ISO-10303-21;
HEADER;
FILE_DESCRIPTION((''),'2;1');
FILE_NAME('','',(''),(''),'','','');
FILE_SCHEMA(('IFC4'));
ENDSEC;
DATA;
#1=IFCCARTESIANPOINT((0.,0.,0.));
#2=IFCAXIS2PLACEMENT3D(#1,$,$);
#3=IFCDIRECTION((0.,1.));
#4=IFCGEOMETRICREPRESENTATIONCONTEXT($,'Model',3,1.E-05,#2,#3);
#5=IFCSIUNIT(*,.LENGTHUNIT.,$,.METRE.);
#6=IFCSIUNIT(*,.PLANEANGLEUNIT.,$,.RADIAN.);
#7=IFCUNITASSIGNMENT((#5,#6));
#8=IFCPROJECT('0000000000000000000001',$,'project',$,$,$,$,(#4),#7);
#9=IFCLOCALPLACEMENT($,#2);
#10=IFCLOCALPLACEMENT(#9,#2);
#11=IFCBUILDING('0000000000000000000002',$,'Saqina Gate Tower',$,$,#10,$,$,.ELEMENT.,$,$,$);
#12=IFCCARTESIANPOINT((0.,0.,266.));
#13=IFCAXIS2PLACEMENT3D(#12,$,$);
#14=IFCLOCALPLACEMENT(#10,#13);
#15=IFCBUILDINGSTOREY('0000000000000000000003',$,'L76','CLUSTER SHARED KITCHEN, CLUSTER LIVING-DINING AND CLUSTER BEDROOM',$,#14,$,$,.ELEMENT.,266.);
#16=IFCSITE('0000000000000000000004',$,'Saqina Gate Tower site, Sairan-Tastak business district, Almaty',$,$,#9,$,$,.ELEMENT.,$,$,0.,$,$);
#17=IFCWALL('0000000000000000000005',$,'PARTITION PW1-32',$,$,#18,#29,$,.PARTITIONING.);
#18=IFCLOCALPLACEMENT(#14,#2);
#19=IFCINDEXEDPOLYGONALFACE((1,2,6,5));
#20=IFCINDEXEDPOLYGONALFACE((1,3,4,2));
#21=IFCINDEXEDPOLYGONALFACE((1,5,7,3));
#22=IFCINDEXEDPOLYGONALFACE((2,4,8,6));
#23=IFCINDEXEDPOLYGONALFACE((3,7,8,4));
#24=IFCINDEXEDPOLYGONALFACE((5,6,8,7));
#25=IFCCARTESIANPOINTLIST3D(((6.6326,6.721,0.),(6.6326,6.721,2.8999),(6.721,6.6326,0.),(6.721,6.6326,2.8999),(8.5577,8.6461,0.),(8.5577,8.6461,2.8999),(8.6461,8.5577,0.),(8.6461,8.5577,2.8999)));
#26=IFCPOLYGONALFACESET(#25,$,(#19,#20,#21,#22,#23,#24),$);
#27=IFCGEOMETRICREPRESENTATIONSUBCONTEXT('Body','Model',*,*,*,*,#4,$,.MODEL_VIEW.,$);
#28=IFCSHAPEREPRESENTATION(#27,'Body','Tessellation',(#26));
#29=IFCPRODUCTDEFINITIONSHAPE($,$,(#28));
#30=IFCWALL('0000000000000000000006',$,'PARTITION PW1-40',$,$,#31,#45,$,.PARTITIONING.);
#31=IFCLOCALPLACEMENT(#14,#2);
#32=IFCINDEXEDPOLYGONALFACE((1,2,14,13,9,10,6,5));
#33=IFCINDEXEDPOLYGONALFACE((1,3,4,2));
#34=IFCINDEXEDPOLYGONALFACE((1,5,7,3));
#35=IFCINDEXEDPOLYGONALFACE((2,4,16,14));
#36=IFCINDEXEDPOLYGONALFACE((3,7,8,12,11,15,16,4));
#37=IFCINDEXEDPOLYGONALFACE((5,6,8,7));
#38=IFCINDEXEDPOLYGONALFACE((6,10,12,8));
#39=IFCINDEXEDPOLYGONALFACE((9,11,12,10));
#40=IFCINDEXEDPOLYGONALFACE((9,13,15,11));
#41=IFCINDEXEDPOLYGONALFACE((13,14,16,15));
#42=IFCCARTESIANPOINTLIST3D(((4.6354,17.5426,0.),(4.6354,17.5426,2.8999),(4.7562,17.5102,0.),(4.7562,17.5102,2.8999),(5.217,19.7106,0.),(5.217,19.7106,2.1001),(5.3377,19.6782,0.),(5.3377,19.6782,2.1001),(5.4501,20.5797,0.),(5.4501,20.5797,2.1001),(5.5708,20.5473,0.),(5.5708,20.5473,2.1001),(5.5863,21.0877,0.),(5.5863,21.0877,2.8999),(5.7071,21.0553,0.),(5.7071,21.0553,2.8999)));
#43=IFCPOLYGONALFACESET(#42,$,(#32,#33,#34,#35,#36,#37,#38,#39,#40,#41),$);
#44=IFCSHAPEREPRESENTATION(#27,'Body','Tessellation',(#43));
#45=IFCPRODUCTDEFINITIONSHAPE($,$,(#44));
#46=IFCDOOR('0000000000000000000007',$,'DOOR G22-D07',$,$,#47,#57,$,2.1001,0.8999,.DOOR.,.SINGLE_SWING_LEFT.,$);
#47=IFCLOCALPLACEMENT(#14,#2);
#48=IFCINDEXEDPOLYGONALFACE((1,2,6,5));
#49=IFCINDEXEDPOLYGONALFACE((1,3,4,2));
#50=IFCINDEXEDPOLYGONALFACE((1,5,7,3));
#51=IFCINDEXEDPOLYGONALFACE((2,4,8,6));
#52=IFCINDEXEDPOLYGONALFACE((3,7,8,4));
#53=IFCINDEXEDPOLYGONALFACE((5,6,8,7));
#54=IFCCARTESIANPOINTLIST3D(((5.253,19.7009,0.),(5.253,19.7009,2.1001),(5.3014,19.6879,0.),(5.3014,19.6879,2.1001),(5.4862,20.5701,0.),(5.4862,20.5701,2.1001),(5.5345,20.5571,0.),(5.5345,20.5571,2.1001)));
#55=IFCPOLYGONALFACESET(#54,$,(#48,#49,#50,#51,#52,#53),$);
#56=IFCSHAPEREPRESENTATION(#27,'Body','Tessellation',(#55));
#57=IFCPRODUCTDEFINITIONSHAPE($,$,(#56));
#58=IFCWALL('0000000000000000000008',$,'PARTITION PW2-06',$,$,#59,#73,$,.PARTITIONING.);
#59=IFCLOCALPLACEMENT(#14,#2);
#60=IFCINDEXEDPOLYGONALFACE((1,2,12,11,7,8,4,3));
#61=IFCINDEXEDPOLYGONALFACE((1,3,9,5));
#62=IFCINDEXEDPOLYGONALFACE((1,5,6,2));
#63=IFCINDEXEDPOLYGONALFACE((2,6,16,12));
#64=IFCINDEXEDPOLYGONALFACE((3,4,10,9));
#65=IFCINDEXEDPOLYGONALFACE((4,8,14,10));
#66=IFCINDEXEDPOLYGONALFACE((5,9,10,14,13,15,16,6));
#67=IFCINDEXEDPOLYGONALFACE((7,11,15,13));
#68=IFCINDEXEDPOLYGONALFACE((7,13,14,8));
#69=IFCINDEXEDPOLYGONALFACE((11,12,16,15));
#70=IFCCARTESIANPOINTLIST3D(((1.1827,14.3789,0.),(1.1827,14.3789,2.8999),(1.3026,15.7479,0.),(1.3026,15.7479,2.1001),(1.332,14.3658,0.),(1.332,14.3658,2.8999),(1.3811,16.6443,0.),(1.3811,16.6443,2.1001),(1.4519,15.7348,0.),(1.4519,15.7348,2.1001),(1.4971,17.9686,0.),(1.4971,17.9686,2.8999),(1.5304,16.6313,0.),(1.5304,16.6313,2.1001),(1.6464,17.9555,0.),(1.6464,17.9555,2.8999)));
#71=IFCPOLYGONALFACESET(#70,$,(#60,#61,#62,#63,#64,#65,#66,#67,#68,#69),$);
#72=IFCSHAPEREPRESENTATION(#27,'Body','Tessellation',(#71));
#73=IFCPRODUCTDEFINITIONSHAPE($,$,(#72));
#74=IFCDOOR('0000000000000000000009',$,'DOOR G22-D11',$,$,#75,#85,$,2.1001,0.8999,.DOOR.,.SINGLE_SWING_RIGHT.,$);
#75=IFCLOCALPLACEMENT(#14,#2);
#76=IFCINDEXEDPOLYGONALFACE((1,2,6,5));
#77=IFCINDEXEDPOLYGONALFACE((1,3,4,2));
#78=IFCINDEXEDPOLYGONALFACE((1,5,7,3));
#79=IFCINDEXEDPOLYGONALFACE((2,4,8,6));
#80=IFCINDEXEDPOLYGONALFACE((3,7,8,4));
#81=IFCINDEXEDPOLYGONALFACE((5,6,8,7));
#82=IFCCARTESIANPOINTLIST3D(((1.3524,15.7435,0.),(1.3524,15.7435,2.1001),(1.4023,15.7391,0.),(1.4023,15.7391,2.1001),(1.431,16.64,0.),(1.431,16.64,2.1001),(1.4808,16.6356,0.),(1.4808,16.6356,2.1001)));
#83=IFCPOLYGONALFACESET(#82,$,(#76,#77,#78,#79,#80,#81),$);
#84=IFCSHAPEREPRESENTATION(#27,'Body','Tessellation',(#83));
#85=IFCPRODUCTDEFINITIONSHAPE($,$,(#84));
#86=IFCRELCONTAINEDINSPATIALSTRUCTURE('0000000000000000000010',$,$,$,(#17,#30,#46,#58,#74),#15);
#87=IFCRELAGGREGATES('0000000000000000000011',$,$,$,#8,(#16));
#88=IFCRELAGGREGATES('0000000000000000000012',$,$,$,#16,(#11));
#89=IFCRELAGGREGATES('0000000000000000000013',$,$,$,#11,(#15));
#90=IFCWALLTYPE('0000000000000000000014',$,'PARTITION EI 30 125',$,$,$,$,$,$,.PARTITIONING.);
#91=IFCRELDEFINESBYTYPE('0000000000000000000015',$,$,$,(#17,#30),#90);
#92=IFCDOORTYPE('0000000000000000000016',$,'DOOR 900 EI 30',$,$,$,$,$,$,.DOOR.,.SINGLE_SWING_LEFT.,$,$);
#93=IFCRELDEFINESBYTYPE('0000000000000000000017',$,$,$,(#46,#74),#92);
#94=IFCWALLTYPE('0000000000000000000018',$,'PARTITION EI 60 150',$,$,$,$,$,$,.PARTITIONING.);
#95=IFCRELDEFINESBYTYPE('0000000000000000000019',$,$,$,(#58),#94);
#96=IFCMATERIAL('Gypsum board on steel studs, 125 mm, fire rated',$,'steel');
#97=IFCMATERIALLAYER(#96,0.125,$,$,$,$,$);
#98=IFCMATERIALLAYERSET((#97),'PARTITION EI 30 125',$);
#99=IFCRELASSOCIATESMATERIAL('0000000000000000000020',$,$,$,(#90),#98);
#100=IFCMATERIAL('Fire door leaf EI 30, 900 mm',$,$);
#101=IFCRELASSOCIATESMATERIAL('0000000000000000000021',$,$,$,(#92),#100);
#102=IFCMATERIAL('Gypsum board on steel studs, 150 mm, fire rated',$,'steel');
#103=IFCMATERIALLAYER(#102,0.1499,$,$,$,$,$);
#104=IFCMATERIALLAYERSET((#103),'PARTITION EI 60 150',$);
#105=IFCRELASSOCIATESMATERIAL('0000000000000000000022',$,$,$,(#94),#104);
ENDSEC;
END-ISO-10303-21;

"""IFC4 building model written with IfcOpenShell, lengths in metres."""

from ifc_helpers import new_model, si_unit, direction, frame, frame_2d, origin, place, context, subcontext, project, spatial, rectangle, extrude, material, layer, layer_set, type_object, element, fill, save


model = new_model("IFC4")

# Units and contexts
model_context = context("Model", 3, precision=1e-05, world=origin(), true_north=direction((0.0, 1.0)))
body_context = subcontext(model_context, "Body", "Model", "MODEL_VIEW")
ifc_project = project(units=[si_unit("LENGTHUNIT", "METRE"), si_unit("PLANEANGLEUNIT", "RADIAN")], contexts=[model_context])

# Site, building, storey
site_placement = place(None, origin())
site = spatial("IfcSite", under=ifc_project, at=site_placement, Name="Saqina Gate Tower site, Sairan-Tastak business district, Almaty", CompositionType="ELEMENT", RefElevation=0.0)
building_placement = place(site_placement, origin())
building = spatial("IfcBuilding", under=site, at=building_placement, Name="Saqina Gate Tower", CompositionType="ELEMENT")
storey_placement = place(building_placement, frame((0.0, 0.0, 266.0)))
storey = spatial("IfcBuildingStorey", under=building, at=storey_placement, Name="L76", Description="CLUSTER SHARED KITCHEN, CLUSTER LIVING-DINING AND CLUSTER BEDROOM", CompositionType="ELEMENT", Elevation=266.0)

# Shared definitions
ifc_material_1 = material(Name="Gypsum board on steel studs, 125 mm, fire rated", Category="steel")
ifc_layer_1 = layer(ifc_material_1, 0.125)
ifc_layer_set_1 = layer_set([ifc_layer_1], Name="PARTITION EI 30 125")
wall_type_1 = type_object("IfcWallType", Name="PARTITION EI 30 125", PredefinedType="PARTITIONING", material=ifc_layer_set_1)

# Wall
wall_1_placement = place(storey_placement, frame((6.6768, 6.6768, 0.0), z_axis=(0.0, 0.0, 1.0), x_axis=(0.707107, 0.707107, 0.0)))
element("IfcWall", 1, at=wall_1_placement, inside=storey, type_object=wall_type_1, Name="PARTITION PW1-32", PredefinedType="PARTITIONING", context=body_context, shape_type="SweptSolid", body=[
    extrude(rectangle(XDim=2.7224, YDim=0.125, at=frame_2d((1.3613, 0.0))), origin(), (0.0, 0.0, 1.0), 2.8999),
])

# Walls, openings, doors
wall_2_placement = place(storey_placement, frame((4.6958, 17.5264, 0.0), z_axis=(0.0, 0.0, 1.0), x_axis=(0.259074, 0.965857, 0.0)))
wall_2 = element("IfcWall", 2, at=wall_2_placement, inside=storey, type_object=wall_type_1, Name="PARTITION PW1-40", PredefinedType="PARTITIONING", context=body_context, shape_type="SweptSolid", body=[
    extrude(rectangle(XDim=3.6704, YDim=0.125, at=frame_2d((1.8352, 0.0))), origin(), (0.0, 0.0, 1.0), 2.8999),
])
opening_1_placement = place(wall_2_placement, frame((2.2446, 0.0, 0.0)))
opening_1 = element("IfcOpeningElement", 3, at=opening_1_placement, cuts=wall_2, PredefinedType="OPENING", context=body_context, shape_type="SweptSolid", body=[
    extrude(rectangle(XDim=0.8999, YDim=2.1001, at=frame_2d((0.45, 1.05))), frame((0.0, 0.0745, 0.0), z_axis=(0.0, -1.0, 0.0), x_axis=(1.0, 0.0, 0.0)), (0.0, 0.0, 1.0), 0.1489),
])
ifc_material_2 = material(Name="Fire door leaf EI 30, 900 mm")
door_type_1 = type_object("IfcDoorType", Name="DOOR 900 EI 30", OperationType="SINGLE_SWING_LEFT", PredefinedType="DOOR", material=ifc_material_2)
door_1_placement = place(opening_1_placement, frame((0.8999, 0.0, 0.0), z_axis=(0.0, 0.0, 1.0), x_axis=(-1.0, 0.0, 0.0)))
door_1 = element("IfcDoor", 4, at=door_1_placement, inside=storey, type_object=door_type_1, Name="DOOR G22-D07", OperationType="SINGLE_SWING_LEFT", OverallHeight=2.1001, OverallWidth=0.8999, PredefinedType="DOOR", context=body_context, shape_type="SweptSolid", body=[
    extrude(rectangle(XDim=0.8999, YDim=2.1001, at=frame_2d((0.45, 1.05))), frame((0.0, 0.0249, 0.0), z_axis=(0.0, -1.0, 0.0), x_axis=(1.0, 0.0, 0.0)), (0.0, 0.0, 1.0), 0.05),
])
fill(opening_1, door_1)
ifc_material_3 = material(Name="Gypsum board on steel studs, 150 mm, fire rated", Category="steel")
ifc_layer_2 = layer(ifc_material_3, 0.1499)
ifc_layer_set_2 = layer_set([ifc_layer_2], Name="PARTITION EI 60 150")
wall_type_2 = type_object("IfcWallType", Name="PARTITION EI 60 150", PredefinedType="PARTITIONING", material=ifc_layer_set_2)
wall_3_placement = place(storey_placement, frame((1.2573, 14.3723, 0.0), z_axis=(0.0, 0.0, 1.0), x_axis=(0.087261, 0.996185, 0.0)))
wall_3 = element("IfcWall", 5, at=wall_3_placement, inside=storey, type_object=wall_type_2, Name="PARTITION PW2-06", PredefinedType="PARTITIONING", context=body_context, shape_type="SweptSolid", body=[
    extrude(rectangle(XDim=3.6035, YDim=0.1499, at=frame_2d((1.8018, 0.0))), origin(), (0.0, 0.0, 1.0), 2.8999),
])
opening_2_placement = place(wall_3_placement, frame((1.3743, 0.0, 0.0)))
opening_2 = element("IfcOpeningElement", 6, at=opening_2_placement, cuts=wall_3, PredefinedType="OPENING", context=body_context, shape_type="SweptSolid", body=[
    extrude(rectangle(XDim=0.8999, YDim=2.1001, at=frame_2d((0.45, 1.05))), frame((0.0, 0.0869, 0.0), z_axis=(0.0, -1.0, 0.0), x_axis=(1.0, 0.0, 0.0)), (0.0, 0.0, 1.0), 0.1738),
])
door_2_placement = place(opening_2_placement, origin())
door_2 = element("IfcDoor", 7, at=door_2_placement, inside=storey, type_object=door_type_1, Name="DOOR G22-D11", OperationType="SINGLE_SWING_RIGHT", OverallHeight=2.1001, OverallWidth=0.8999, PredefinedType="DOOR", context=body_context, shape_type="SweptSolid", body=[
    extrude(rectangle(XDim=0.8999, YDim=2.1001, at=frame_2d((0.45, 1.05))), frame((0.0, 0.0249, 0.0), z_axis=(0.0, -1.0, 0.0), x_axis=(1.0, 0.0, 0.0)), (0.0, 0.0, 1.0), 0.05),
])
fill(opening_2, door_2)

save(model, "model.ifc")
